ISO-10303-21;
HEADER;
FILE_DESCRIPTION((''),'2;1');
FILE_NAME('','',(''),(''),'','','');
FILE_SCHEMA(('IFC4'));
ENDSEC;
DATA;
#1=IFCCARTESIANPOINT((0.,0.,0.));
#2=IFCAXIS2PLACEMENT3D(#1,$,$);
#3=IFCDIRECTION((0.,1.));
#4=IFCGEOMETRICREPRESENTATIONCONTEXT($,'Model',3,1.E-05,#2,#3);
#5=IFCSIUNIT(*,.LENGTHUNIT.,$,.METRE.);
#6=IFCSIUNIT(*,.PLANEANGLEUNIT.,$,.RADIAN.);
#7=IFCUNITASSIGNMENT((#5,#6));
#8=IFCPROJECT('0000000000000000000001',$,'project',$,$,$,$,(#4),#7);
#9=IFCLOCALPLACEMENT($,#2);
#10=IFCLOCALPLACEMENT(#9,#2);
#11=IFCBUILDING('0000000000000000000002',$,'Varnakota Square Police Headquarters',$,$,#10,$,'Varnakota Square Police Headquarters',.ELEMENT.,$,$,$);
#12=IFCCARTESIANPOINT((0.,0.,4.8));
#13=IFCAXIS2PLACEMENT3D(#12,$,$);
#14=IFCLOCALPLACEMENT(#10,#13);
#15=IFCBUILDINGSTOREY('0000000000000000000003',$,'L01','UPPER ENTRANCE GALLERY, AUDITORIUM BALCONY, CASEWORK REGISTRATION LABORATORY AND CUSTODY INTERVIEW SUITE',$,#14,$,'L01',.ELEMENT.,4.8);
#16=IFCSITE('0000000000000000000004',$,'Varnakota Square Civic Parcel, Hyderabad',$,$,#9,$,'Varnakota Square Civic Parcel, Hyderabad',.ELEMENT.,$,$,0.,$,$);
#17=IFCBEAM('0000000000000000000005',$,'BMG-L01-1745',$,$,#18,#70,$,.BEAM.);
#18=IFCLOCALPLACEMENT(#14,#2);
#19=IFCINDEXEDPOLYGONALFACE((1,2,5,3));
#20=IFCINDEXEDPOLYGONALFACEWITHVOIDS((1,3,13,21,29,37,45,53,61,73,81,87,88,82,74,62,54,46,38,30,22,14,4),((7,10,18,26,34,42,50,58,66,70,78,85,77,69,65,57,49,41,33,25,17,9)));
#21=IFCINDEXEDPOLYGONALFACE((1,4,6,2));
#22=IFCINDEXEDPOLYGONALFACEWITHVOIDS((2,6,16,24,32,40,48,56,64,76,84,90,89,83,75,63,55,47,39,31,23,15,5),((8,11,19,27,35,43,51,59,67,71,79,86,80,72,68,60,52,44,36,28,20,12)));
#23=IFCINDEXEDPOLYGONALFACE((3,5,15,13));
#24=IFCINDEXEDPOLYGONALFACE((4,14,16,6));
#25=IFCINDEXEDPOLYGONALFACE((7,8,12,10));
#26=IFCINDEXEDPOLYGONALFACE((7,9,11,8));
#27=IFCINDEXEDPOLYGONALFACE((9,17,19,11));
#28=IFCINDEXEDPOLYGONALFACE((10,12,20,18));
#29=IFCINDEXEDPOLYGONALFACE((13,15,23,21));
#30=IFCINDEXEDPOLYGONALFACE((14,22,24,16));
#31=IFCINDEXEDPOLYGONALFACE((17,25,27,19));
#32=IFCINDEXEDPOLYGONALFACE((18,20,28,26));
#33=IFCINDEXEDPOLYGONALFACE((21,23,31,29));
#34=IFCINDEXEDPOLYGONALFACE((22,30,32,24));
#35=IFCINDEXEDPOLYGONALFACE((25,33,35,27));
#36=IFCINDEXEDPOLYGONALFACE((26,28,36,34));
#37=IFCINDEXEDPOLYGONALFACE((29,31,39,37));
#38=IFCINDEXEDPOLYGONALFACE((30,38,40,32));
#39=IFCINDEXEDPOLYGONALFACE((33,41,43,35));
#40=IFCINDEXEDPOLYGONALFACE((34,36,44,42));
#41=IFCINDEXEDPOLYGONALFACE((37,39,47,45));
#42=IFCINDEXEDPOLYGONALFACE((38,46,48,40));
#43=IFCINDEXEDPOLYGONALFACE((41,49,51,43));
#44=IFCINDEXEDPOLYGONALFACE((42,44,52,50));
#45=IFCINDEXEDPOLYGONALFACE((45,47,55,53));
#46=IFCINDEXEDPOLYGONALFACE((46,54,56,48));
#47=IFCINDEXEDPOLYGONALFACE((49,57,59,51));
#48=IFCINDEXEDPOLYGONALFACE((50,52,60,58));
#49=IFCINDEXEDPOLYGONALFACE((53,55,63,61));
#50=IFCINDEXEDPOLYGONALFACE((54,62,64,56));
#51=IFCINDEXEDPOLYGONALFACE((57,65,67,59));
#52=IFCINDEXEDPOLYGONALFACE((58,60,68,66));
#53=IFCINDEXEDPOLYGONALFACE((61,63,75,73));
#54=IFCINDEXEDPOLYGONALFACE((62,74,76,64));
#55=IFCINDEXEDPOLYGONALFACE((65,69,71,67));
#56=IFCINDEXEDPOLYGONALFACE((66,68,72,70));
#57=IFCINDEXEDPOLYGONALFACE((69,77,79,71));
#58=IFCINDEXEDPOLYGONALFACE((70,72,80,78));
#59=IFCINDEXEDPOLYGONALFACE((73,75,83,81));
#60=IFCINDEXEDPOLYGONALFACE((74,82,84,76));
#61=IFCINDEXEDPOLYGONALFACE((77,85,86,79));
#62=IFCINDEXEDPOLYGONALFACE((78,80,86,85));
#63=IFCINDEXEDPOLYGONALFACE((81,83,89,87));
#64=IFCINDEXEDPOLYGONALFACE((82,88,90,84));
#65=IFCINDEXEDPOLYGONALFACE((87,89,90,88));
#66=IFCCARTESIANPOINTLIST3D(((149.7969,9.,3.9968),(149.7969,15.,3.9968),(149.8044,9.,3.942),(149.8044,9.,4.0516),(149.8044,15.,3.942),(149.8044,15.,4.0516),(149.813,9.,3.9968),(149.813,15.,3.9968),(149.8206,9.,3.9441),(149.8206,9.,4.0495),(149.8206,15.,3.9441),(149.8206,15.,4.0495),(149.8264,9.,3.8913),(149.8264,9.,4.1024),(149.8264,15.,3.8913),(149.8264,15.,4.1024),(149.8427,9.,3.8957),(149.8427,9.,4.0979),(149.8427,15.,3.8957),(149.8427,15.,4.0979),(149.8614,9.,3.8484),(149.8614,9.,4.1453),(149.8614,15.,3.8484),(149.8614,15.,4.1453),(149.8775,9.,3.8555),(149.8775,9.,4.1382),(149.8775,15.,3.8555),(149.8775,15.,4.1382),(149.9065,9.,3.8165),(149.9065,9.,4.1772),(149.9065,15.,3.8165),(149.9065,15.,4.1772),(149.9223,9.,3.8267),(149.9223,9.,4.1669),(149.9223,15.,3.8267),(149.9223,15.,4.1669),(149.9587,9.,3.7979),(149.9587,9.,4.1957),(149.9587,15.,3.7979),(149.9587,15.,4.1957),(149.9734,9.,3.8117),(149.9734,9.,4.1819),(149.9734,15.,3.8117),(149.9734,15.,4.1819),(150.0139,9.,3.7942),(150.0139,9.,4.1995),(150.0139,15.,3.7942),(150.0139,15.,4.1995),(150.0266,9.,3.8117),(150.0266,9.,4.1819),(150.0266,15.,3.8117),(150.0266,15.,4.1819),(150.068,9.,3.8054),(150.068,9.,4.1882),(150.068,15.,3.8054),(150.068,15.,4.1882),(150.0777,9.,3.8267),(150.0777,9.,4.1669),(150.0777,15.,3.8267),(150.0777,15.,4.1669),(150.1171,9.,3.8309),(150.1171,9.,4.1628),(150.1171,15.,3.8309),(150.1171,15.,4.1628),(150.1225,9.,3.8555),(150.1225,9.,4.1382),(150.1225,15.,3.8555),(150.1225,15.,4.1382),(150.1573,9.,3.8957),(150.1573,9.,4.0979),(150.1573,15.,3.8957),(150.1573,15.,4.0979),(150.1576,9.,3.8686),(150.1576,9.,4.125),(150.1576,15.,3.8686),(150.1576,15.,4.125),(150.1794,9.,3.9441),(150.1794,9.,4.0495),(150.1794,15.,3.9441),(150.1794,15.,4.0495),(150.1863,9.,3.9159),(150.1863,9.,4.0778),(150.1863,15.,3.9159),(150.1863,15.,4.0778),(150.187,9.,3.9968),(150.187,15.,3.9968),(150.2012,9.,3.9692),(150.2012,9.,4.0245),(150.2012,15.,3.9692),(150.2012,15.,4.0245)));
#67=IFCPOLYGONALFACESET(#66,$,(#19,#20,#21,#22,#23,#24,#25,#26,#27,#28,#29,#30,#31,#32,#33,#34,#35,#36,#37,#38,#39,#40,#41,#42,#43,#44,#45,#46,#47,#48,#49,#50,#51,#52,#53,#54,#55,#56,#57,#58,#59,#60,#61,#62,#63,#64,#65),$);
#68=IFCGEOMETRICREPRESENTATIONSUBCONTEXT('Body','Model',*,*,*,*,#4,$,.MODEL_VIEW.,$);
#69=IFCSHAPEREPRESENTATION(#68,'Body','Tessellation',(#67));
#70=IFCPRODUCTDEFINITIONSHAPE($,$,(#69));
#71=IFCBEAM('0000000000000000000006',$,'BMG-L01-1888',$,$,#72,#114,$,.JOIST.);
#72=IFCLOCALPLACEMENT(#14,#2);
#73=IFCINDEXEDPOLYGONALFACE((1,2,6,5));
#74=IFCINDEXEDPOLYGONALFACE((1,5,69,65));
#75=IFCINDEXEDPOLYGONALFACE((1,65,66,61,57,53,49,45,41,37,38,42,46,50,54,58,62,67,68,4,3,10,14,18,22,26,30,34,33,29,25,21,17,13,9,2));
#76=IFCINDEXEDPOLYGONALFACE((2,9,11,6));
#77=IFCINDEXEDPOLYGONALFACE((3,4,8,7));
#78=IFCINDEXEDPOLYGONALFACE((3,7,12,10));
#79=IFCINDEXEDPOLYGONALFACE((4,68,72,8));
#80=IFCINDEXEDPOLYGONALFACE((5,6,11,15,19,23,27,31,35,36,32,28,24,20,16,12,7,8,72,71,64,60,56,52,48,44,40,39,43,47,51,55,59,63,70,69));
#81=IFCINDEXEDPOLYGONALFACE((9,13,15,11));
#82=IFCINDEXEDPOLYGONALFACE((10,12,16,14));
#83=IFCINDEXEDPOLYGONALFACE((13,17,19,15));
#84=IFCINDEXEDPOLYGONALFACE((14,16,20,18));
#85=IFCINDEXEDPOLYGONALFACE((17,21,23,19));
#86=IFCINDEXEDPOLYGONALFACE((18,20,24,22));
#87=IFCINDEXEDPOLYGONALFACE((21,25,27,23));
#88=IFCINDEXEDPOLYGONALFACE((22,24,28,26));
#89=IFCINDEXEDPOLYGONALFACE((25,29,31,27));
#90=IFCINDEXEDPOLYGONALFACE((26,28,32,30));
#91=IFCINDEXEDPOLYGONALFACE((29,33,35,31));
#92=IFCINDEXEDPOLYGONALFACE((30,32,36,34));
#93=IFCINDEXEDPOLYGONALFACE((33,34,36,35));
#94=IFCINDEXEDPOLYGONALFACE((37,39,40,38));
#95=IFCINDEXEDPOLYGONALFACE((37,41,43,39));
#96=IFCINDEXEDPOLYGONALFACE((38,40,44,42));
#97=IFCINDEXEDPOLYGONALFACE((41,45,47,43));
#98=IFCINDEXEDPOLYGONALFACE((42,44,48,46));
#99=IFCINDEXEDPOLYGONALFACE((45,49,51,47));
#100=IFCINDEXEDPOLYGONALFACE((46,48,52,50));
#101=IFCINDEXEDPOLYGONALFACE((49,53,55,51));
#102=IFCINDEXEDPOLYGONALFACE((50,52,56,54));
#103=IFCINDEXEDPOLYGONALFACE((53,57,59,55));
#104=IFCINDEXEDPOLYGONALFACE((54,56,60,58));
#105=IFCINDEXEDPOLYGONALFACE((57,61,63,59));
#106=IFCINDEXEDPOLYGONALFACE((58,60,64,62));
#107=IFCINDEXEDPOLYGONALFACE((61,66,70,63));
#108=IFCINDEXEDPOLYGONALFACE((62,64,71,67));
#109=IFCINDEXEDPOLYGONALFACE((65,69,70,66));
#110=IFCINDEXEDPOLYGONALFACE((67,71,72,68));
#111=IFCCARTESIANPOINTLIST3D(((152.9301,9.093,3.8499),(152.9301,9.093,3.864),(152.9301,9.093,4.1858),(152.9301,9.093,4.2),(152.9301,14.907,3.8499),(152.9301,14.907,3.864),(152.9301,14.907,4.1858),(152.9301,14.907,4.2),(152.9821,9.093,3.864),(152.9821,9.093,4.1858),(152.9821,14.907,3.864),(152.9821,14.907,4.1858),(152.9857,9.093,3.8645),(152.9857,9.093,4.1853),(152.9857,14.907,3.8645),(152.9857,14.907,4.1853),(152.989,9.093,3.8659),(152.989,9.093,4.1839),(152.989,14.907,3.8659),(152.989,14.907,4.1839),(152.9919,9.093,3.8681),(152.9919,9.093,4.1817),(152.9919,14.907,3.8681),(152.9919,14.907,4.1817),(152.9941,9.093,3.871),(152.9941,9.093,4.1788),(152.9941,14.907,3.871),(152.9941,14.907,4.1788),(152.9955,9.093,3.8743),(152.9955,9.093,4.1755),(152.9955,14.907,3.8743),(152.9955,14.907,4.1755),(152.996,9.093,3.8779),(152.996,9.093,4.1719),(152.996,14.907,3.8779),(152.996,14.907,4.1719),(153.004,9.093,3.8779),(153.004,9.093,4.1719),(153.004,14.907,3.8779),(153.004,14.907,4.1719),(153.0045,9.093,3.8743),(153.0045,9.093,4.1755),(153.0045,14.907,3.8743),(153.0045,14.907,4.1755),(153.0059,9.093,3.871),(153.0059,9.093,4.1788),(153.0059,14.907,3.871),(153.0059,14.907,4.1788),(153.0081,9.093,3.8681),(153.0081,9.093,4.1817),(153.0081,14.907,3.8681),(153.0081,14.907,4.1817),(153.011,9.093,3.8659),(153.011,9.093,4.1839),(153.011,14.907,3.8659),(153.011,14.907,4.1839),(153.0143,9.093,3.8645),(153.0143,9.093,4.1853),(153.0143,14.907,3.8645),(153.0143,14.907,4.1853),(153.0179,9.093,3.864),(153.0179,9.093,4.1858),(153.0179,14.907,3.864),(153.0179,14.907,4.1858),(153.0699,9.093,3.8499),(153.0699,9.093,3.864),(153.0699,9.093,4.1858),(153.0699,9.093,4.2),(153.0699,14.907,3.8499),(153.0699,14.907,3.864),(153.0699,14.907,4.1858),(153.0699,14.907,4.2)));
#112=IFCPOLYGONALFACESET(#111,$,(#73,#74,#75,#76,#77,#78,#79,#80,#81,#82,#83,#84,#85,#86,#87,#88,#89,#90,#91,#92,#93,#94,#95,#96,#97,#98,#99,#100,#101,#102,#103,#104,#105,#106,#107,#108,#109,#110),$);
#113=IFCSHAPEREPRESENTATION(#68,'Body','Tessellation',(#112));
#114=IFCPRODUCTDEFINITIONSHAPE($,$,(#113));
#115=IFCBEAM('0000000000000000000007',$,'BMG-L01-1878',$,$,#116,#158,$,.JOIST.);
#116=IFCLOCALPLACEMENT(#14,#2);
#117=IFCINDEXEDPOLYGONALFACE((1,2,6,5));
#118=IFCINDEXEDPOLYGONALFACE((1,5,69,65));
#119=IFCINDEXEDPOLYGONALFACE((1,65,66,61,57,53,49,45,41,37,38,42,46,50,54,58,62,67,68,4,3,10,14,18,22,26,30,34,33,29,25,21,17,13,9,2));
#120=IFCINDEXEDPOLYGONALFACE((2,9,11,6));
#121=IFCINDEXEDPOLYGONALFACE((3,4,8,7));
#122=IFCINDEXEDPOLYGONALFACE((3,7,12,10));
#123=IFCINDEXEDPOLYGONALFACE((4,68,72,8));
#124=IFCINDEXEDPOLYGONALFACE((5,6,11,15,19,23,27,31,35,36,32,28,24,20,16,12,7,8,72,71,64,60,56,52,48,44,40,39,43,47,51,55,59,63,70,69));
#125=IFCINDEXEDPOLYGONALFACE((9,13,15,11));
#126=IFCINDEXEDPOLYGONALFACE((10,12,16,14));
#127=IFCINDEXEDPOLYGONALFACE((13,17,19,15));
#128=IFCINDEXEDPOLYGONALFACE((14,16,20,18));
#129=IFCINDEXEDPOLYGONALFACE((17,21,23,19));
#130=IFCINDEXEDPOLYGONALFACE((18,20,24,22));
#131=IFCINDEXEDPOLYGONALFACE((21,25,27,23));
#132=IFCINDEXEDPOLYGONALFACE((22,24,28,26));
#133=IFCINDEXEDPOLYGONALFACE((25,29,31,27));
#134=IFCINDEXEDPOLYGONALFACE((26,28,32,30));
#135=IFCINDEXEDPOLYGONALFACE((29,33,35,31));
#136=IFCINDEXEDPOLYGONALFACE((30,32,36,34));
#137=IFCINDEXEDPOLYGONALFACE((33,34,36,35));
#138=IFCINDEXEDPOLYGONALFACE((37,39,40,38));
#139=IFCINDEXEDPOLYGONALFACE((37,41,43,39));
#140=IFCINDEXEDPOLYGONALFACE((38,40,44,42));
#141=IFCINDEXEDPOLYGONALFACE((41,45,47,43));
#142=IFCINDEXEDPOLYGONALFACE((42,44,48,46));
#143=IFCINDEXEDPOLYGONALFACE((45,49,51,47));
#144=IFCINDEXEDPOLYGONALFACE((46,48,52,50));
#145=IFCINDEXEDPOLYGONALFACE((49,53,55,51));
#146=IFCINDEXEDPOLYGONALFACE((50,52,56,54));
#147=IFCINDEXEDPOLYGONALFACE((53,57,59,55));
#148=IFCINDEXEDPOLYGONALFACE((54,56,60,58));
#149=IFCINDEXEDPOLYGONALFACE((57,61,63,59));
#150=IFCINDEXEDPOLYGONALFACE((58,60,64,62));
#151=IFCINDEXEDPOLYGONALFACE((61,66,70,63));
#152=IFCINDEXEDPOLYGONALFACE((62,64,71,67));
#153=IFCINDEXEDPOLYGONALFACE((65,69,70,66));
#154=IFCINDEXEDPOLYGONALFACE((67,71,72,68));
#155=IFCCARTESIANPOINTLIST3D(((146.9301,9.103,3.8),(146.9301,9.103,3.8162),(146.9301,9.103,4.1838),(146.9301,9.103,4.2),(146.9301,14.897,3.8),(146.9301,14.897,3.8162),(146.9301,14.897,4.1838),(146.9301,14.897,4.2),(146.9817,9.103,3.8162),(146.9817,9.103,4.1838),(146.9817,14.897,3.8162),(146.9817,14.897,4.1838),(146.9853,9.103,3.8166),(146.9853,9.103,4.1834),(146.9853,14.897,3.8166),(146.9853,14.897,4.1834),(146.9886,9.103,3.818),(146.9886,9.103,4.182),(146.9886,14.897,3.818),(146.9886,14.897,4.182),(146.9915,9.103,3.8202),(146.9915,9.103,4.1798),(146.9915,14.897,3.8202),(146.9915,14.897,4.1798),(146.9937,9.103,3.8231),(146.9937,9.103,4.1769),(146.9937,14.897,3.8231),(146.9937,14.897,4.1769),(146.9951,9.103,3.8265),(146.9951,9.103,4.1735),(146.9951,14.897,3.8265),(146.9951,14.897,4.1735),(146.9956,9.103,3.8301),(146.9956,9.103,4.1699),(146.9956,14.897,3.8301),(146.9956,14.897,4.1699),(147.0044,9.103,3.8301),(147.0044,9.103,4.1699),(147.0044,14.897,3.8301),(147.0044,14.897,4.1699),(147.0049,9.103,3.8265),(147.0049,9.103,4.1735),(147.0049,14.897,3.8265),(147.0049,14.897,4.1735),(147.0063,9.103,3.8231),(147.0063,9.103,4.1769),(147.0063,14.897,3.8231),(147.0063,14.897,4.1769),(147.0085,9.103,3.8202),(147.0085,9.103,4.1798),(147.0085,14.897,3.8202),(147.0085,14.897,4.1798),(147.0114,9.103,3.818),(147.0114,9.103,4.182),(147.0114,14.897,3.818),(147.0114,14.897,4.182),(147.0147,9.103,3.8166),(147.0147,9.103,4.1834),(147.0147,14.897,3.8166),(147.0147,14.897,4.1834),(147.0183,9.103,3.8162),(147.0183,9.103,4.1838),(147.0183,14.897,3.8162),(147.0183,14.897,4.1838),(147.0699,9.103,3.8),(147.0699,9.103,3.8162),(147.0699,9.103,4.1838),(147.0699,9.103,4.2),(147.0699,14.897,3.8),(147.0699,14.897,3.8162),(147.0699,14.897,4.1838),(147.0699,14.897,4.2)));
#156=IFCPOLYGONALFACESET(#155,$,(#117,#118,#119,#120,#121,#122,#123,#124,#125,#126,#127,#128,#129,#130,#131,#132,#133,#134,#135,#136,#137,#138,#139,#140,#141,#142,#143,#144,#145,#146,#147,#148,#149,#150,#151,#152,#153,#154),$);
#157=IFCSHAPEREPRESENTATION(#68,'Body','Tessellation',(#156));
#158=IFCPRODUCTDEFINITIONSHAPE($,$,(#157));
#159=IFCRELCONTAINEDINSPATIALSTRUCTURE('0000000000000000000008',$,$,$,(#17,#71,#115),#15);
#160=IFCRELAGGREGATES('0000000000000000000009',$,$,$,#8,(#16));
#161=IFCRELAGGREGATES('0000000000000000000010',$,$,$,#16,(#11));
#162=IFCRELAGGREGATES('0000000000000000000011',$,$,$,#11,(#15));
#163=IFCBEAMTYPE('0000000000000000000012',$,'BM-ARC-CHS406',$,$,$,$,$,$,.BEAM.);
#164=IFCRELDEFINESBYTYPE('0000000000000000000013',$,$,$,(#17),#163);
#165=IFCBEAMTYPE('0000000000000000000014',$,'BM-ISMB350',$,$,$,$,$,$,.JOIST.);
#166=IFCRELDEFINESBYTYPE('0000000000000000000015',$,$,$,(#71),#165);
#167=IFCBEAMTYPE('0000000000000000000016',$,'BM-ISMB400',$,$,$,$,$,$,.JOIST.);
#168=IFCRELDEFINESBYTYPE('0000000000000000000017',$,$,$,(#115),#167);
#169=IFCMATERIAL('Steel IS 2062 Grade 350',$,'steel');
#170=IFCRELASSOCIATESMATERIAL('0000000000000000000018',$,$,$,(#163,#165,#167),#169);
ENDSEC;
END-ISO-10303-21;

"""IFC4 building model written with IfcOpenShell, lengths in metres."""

from ifc_helpers import new_model, si_unit, direction, frame, origin, origin_2d, place, context, subcontext, project, spatial, hollow_circle, i_section, extrude, material, material_profile, profile_set, type_object, element, save


model = new_model("IFC4")

# Units and contexts
model_context = context("Model", 3, precision=1e-05, world=origin(), true_north=direction((0.0, 1.0)))
body_context = subcontext(model_context, "Body", "Model", "MODEL_VIEW")
ifc_project = project(units=[si_unit("LENGTHUNIT", "METRE"), si_unit("PLANEANGLEUNIT", "RADIAN")], contexts=[model_context])

# Site, building, storey
site_placement = place(None, origin())
site = spatial("IfcSite", under=ifc_project, at=site_placement, Name="Varnakota Square Civic Parcel, Hyderabad", LongName="Varnakota Square Civic Parcel, Hyderabad", CompositionType="ELEMENT", RefElevation=0.0)
building_placement = place(site_placement, origin())
building = spatial("IfcBuilding", under=site, at=building_placement, Name="Varnakota Square Police Headquarters", LongName="Varnakota Square Police Headquarters", CompositionType="ELEMENT")
storey_placement = place(building_placement, frame((0.0, 0.0, 4.8)))
storey = spatial("IfcBuildingStorey", under=building, at=storey_placement, Name="L01", Description="UPPER ENTRANCE GALLERY, AUDITORIUM BALCONY, CASEWORK REGISTRATION LABORATORY AND CUSTODY INTERVIEW SUITE", LongName="L01", CompositionType="ELEMENT", Elevation=4.8)

# Shared definitions
ifc_material_1 = material(Name="Steel IS 2062 Grade 350", Category="steel")

# Beams
ifc_material_profile_1 = material_profile(ifc_material_1, hollow_circle(Radius=0.2031, WallThickness=0.0161, at=origin_2d()), Name="CHS 406.4x16.0")
ifc_profile_set_1 = profile_set([ifc_material_profile_1], Name="Steel IS 2062 Grade 350")
beam_type_1 = type_object("IfcBeamType", Name="BM-ARC-CHS406", PredefinedType="BEAM", material=ifc_profile_set_1)
for number, where, z_axis, x_axis, name in (
    (1, (150.0, 9.0, 3.9968), (0.0, 1.0, 0.0), (-1.0, 0.0, 0.0), "BMG-L01-1745"),
):
    element("IfcBeam", number, at=place(storey_placement, frame(where, z_axis=z_axis, x_axis=x_axis)), inside=storey, type_object=beam_type_1, Name=name, PredefinedType="BEAM", context=body_context, shape_type="SweptSolid", body=[
        extrude(hollow_circle(Radius=0.2031, WallThickness=0.0161, at=origin_2d()), origin(), (0.0, 0.0, 1.0), 6.0),
    ])
ifc_material_profile_2 = material_profile(ifc_material_1, i_section(OverallWidth=0.1399, OverallDepth=0.3501, WebThickness=0.0081, FlangeThickness=0.0142, FilletRadius=0.0139, at=origin_2d()), Name="ISMB 350")
ifc_profile_set_2 = profile_set([ifc_material_profile_2], Name="Steel IS 2062 Grade 350")
beam_type_2 = type_object("IfcBeamType", Name="BM-ISMB350", PredefinedType="JOIST", material=ifc_profile_set_2)
beam_1_placement = place(storey_placement, frame((153.0, 9.093, 4.0249), z_axis=(0.0, 1.0, 0.0), x_axis=(-1.0, 0.0, 0.0)))
element("IfcBeam", 2, at=beam_1_placement, inside=storey, type_object=beam_type_2, Name="BMG-L01-1888", PredefinedType="JOIST", context=body_context, shape_type="SweptSolid", body=[
    extrude(i_section(OverallWidth=0.1399, OverallDepth=0.3501, WebThickness=0.0081, FlangeThickness=0.0142, FilletRadius=0.0139, at=origin_2d()), origin(), (0.0, 0.0, 1.0), 5.814),
])
ifc_material_profile_3 = material_profile(ifc_material_1, i_section(OverallWidth=0.1399, OverallDepth=0.3999, WebThickness=0.0088, FlangeThickness=0.0161, FilletRadius=0.0139, at=origin_2d()), Name="ISMB 400")
ifc_profile_set_3 = profile_set([ifc_material_profile_3], Name="Steel IS 2062 Grade 350")
beam_type_3 = type_object("IfcBeamType", Name="BM-ISMB400", PredefinedType="JOIST", material=ifc_profile_set_3)
beam_2_placement = place(storey_placement, frame((147.0, 9.103, 4.0), z_axis=(0.0, 1.0, 0.0), x_axis=(-1.0, 0.0, 0.0)))
element("IfcBeam", 3, at=beam_2_placement, inside=storey, type_object=beam_type_3, Name="BMG-L01-1878", PredefinedType="JOIST", context=body_context, shape_type="SweptSolid", body=[
    extrude(i_section(OverallWidth=0.1399, OverallDepth=0.3999, WebThickness=0.0088, FlangeThickness=0.0161, FilletRadius=0.0139, at=origin_2d()), origin(), (0.0, 0.0, 1.0), 5.7939),
])

save(model, "model.ifc")
